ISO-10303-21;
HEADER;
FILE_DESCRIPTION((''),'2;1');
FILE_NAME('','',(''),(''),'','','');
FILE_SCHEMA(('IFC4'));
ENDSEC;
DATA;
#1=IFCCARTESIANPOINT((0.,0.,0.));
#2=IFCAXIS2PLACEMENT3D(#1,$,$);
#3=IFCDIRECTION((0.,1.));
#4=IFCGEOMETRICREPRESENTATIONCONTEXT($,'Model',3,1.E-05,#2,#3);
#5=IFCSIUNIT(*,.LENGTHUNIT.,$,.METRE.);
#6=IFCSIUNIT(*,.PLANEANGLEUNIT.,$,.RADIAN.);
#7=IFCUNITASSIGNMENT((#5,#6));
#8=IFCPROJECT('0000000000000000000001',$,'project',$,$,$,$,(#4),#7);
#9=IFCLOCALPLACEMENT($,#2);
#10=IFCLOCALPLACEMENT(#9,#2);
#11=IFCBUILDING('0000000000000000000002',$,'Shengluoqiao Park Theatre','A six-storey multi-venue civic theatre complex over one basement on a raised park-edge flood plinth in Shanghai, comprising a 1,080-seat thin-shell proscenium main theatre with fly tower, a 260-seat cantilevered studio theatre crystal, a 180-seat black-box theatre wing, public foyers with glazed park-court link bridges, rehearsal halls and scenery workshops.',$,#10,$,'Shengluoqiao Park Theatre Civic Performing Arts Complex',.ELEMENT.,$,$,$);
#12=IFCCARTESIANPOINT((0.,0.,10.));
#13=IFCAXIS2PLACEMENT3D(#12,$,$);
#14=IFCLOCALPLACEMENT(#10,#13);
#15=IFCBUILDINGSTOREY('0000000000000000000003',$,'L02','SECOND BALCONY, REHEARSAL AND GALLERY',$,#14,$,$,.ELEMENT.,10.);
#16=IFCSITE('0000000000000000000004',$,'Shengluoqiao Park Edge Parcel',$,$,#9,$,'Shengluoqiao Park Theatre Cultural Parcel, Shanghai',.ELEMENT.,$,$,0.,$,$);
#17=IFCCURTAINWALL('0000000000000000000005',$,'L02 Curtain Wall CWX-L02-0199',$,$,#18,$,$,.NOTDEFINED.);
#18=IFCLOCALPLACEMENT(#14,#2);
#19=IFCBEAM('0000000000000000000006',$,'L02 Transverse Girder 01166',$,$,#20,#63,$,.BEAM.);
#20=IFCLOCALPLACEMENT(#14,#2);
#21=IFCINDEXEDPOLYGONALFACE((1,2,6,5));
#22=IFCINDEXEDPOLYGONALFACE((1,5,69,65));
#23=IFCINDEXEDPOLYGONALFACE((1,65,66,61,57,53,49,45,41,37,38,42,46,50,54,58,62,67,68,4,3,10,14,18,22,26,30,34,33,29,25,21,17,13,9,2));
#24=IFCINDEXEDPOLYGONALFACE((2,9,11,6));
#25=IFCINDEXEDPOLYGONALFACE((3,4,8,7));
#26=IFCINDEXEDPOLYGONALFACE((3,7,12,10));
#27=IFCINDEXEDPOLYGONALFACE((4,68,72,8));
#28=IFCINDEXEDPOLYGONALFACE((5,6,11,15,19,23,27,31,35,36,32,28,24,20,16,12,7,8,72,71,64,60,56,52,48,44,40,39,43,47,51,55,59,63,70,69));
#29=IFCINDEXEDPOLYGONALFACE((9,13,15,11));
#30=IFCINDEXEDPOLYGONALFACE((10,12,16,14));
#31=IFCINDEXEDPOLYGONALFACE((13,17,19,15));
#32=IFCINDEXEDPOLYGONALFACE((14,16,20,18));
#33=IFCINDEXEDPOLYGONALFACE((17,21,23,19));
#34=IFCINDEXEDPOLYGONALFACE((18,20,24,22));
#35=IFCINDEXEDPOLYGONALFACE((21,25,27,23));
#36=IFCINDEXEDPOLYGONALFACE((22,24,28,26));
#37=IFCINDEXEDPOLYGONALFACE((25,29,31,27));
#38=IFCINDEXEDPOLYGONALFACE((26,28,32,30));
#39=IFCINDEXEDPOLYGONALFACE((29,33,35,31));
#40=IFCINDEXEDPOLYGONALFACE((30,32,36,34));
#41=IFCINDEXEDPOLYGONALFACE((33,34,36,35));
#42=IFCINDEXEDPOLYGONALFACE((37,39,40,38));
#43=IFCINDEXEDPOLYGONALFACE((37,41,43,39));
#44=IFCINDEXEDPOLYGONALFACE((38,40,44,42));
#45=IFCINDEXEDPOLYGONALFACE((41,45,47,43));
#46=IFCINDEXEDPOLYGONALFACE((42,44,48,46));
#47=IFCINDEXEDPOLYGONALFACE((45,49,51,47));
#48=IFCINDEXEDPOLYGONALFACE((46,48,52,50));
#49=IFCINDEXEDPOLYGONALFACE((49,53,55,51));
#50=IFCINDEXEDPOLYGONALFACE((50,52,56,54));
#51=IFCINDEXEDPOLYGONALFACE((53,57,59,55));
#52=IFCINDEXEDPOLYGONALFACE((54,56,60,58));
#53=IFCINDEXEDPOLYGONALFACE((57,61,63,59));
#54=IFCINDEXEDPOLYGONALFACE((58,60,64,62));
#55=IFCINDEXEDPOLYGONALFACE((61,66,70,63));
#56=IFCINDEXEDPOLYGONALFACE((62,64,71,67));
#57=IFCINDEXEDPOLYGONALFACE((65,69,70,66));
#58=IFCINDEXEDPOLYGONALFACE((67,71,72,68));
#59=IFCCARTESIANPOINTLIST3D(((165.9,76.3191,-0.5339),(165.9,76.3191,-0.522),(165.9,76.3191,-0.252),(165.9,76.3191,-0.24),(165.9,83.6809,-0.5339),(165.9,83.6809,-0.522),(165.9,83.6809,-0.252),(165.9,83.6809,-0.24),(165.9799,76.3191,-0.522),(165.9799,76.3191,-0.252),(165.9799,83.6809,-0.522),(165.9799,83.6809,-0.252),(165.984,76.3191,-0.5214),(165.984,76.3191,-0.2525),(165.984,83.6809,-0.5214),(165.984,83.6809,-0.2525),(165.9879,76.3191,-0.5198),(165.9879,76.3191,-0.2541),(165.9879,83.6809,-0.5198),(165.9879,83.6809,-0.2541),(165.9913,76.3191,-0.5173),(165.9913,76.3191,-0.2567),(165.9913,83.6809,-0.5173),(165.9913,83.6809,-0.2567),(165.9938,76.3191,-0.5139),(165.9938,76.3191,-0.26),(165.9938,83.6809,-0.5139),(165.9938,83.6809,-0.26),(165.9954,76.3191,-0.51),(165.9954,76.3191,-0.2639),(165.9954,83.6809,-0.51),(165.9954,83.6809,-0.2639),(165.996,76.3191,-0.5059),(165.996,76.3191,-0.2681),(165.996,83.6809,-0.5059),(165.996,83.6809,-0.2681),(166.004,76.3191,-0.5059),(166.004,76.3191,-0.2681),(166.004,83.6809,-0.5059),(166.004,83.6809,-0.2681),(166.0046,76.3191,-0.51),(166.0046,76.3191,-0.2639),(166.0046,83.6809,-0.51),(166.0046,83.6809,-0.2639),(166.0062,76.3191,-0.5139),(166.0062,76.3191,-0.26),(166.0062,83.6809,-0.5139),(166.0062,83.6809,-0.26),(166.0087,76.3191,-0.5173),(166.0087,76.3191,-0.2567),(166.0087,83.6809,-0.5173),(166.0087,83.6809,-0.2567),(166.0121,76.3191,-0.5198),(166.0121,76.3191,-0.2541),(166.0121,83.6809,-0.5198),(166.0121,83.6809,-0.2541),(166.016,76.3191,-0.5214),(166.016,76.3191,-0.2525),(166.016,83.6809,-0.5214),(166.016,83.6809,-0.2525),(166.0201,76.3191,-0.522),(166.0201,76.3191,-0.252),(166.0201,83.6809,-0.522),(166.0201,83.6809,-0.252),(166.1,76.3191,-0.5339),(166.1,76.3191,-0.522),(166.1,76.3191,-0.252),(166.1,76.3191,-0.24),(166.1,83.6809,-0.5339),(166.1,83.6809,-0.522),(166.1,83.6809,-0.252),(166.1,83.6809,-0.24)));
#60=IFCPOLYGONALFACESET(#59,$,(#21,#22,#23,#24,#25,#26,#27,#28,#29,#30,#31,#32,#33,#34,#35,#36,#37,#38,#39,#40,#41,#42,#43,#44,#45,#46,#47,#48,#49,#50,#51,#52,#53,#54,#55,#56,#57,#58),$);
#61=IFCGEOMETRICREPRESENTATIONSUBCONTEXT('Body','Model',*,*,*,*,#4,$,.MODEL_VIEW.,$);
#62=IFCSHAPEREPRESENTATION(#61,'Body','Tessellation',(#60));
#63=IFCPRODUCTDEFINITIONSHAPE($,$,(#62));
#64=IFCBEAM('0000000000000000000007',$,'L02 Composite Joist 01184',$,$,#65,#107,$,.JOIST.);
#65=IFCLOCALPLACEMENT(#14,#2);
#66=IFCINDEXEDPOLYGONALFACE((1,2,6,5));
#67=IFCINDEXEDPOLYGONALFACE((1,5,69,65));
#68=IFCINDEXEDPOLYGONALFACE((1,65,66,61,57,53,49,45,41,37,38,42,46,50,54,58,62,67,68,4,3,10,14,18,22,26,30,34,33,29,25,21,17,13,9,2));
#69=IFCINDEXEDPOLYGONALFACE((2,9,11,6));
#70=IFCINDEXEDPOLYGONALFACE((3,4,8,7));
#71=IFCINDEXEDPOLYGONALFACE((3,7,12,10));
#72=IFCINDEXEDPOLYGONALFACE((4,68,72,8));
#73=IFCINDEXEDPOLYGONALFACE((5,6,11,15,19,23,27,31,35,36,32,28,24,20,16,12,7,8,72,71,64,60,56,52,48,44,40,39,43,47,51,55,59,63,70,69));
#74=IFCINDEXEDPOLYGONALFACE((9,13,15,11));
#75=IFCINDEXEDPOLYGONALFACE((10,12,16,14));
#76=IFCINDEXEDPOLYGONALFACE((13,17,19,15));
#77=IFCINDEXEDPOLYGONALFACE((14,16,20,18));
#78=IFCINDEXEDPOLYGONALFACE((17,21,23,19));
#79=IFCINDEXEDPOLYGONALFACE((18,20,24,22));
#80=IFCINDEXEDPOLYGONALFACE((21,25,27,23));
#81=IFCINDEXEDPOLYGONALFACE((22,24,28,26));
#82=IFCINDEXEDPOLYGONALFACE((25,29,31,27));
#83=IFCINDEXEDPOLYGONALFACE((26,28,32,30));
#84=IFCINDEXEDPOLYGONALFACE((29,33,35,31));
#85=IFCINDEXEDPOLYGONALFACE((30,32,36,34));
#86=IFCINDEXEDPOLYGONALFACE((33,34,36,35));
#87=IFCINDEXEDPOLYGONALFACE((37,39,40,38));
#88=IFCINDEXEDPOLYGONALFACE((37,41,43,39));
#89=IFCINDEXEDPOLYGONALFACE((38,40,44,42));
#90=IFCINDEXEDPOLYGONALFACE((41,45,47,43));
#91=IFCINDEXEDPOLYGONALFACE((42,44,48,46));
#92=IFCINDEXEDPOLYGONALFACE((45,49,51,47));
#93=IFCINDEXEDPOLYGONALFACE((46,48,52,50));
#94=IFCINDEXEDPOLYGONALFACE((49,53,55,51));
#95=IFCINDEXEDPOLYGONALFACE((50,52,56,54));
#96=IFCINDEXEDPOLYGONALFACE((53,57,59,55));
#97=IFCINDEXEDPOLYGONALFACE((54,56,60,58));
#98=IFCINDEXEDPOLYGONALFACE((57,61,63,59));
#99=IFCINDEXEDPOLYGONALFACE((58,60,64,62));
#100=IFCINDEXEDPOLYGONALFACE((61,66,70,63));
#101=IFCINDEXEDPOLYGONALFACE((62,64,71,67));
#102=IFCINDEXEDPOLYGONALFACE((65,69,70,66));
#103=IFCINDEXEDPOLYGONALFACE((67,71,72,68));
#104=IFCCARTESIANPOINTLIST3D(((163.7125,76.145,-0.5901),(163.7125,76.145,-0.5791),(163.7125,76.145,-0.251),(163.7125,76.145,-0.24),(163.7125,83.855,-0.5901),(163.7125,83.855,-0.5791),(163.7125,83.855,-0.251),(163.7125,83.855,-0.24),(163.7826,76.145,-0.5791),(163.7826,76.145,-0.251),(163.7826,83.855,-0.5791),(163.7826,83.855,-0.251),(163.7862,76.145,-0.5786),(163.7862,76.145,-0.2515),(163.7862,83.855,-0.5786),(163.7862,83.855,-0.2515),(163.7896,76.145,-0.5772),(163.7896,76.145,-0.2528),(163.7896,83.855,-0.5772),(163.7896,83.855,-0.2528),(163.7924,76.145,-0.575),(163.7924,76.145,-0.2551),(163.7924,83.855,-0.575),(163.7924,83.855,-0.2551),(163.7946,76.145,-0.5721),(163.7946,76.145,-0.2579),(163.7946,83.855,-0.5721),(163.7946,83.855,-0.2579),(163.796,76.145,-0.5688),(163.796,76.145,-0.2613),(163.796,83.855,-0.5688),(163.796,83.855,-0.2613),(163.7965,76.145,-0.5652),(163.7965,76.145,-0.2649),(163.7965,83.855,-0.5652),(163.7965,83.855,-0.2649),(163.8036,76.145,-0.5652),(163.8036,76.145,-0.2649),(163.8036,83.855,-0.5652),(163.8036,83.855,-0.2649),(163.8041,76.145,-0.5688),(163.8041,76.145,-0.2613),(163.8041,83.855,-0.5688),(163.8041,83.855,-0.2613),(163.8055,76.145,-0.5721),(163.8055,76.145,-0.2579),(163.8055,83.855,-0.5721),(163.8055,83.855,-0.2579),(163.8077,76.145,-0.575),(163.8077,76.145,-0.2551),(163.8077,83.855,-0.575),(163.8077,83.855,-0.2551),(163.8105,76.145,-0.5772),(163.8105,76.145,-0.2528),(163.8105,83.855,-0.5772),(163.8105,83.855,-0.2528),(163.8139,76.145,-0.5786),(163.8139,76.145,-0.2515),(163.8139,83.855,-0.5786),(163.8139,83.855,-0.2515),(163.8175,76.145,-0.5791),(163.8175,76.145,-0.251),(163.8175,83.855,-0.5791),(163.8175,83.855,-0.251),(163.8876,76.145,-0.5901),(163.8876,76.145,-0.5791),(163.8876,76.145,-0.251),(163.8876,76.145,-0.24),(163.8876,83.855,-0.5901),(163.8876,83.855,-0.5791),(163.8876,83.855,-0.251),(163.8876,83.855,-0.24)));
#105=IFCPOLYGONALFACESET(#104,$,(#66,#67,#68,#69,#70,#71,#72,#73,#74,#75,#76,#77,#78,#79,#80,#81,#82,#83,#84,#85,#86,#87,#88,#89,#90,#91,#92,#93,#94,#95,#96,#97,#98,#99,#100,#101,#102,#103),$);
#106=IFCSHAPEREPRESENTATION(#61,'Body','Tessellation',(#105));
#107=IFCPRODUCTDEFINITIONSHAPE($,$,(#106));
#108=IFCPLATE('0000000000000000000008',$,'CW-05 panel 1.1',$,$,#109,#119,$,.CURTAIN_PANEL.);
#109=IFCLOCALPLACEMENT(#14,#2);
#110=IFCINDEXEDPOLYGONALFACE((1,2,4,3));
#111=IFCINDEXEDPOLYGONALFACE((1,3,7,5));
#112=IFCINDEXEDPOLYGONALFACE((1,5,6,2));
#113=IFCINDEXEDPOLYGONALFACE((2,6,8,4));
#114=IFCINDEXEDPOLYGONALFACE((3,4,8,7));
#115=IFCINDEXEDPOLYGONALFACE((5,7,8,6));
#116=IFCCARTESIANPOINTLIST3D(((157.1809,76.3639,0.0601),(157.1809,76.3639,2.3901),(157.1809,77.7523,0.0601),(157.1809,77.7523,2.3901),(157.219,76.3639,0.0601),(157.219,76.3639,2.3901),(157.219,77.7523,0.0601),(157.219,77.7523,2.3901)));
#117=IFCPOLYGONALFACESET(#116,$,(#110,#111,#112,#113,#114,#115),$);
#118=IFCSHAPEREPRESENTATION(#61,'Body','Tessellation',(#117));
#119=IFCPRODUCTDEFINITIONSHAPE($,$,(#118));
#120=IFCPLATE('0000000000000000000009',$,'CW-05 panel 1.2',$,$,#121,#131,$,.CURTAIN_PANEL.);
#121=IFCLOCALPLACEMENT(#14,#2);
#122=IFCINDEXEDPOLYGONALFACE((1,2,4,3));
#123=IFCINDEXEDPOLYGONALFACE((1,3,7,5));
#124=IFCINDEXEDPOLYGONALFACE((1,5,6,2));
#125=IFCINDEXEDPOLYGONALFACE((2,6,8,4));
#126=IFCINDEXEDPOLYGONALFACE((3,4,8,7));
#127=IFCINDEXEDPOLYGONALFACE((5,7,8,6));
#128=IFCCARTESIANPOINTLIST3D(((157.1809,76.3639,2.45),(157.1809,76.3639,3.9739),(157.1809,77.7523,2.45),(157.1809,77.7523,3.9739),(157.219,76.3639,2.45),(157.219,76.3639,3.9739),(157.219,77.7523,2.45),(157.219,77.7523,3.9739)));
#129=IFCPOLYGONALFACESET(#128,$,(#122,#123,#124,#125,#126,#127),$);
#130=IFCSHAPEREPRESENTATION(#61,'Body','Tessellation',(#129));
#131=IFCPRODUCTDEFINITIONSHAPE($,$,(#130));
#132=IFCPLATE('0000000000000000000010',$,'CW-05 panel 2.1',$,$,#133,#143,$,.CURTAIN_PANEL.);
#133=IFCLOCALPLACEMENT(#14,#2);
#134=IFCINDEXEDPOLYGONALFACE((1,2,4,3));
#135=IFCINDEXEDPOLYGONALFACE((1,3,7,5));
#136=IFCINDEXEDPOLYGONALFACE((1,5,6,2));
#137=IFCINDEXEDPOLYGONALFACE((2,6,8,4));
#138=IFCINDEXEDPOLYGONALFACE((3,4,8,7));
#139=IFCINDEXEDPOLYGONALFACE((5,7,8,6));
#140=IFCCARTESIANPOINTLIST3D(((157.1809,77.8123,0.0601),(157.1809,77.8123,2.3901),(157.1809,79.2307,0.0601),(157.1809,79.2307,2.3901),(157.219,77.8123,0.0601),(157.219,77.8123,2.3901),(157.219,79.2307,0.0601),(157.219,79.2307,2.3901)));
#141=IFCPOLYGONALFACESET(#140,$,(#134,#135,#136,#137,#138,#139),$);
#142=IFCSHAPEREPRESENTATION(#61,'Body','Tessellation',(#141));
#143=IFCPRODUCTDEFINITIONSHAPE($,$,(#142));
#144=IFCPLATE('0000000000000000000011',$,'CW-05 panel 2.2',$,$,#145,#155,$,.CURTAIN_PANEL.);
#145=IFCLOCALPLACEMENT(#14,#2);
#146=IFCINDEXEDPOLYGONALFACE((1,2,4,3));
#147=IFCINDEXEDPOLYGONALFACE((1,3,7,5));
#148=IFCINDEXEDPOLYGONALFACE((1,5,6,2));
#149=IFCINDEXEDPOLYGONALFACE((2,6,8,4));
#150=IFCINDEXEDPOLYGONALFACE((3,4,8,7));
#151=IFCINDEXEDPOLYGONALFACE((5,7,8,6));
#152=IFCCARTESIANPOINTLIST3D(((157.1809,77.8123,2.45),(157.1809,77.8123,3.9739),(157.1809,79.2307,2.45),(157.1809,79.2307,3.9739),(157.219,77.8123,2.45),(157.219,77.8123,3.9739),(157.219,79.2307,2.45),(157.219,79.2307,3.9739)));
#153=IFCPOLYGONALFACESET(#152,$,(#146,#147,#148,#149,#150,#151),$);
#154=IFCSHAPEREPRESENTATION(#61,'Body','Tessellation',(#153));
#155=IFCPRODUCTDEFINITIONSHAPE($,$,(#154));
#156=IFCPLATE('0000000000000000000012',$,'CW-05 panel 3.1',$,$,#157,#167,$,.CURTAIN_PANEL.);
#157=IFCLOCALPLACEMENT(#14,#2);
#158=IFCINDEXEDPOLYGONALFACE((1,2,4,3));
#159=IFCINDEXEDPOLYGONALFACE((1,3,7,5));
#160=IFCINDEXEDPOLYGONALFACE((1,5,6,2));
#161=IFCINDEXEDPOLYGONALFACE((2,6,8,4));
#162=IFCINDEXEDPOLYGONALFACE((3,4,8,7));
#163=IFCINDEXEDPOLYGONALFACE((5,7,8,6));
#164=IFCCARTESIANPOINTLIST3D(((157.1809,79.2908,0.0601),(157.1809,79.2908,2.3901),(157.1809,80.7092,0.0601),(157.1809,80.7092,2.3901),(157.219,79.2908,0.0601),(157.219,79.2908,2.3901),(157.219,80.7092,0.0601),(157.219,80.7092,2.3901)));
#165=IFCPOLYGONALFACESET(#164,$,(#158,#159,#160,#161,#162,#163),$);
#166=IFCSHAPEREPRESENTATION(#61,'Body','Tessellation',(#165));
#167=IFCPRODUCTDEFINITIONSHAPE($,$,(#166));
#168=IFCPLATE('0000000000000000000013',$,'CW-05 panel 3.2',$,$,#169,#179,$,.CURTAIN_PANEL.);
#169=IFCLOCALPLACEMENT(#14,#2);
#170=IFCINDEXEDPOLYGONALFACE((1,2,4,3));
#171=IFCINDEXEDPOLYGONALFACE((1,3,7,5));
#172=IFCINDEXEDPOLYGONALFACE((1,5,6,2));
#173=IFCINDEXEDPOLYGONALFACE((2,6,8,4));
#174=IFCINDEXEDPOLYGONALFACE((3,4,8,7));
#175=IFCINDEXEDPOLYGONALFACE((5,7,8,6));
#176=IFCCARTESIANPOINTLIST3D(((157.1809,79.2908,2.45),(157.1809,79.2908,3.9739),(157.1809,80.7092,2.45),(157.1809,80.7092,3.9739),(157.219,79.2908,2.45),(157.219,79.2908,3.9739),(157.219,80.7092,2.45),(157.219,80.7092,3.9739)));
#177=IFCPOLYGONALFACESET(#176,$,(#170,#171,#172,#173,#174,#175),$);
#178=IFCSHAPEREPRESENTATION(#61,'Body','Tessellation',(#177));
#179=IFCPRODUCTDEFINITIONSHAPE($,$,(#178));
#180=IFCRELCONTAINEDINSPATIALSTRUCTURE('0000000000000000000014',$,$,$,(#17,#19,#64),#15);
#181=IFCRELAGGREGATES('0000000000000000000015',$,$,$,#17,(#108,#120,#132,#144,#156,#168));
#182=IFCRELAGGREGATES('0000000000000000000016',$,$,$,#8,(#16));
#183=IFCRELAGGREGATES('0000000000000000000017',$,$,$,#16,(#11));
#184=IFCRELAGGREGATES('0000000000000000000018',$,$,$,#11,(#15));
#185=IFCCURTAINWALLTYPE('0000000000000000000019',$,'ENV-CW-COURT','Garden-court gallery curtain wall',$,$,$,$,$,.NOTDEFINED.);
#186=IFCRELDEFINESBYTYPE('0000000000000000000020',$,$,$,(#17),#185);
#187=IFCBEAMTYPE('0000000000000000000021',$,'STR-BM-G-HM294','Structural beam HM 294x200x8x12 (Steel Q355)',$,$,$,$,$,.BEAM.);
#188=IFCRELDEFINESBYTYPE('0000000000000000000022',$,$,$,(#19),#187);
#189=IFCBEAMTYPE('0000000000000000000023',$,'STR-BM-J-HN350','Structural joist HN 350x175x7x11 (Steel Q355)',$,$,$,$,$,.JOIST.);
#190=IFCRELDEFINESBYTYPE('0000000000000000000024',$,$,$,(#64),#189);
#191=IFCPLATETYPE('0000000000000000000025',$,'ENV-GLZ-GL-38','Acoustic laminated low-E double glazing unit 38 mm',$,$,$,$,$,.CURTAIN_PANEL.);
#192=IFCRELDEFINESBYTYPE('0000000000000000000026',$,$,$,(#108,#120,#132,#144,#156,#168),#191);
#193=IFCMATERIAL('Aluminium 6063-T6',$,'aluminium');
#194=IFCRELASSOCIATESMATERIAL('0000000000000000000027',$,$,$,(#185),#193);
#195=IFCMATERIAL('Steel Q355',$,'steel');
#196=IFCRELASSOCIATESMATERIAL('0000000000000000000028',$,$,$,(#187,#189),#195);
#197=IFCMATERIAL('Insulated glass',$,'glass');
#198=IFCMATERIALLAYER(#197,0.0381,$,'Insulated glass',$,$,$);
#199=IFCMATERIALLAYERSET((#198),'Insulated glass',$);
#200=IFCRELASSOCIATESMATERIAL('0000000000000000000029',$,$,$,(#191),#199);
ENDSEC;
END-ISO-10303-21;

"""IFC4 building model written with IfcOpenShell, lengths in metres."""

from ifc_helpers import new_model, si_unit, direction, frame, origin, origin_2d, place, context, subcontext, project, spatial, rectangle, i_section, extrude, material, layer, layer_set, material_profile, profile_set, type_object, element, aggregate, save


model = new_model("IFC4")

# Units and contexts
model_context = context("Model", 3, precision=1e-05, world=origin(), true_north=direction((0.0, 1.0)))
body_context = subcontext(model_context, "Body", "Model", "MODEL_VIEW")
ifc_project = project(units=[si_unit("LENGTHUNIT", "METRE"), si_unit("PLANEANGLEUNIT", "RADIAN")], contexts=[model_context])

# Site, building, storey
site_placement = place(None, origin())
site = spatial("IfcSite", under=ifc_project, at=site_placement, Name="Shengluoqiao Park Edge Parcel", LongName="Shengluoqiao Park Theatre Cultural Parcel, Shanghai", CompositionType="ELEMENT", RefElevation=0.0)
building_placement = place(site_placement, origin())
building = spatial("IfcBuilding", under=site, at=building_placement, Name="Shengluoqiao Park Theatre", Description="A six-storey multi-venue civic theatre complex over one basement on a raised park-edge flood plinth in Shanghai, comprising a 1,080-seat thin-shell proscenium main theatre with fly tower, a 260-seat cantilevered studio theatre crystal, a 180-seat black-box theatre wing, public foyers with glazed park-court link bridges, rehearsal halls and scenery workshops.", LongName="Shengluoqiao Park Theatre Civic Performing Arts Complex", CompositionType="ELEMENT")
storey_placement = place(building_placement, frame((0.0, 0.0, 10.0)))
storey = spatial("IfcBuildingStorey", under=building, at=storey_placement, Name="L02", Description="SECOND BALCONY, REHEARSAL AND GALLERY", CompositionType="ELEMENT", Elevation=10.0)

# Curtain wall
ifc_material_1 = material(Name="Aluminium 6063-T6", Category="aluminium")
curtain_wall_type = type_object("IfcCurtainWallType", Name="ENV-CW-COURT", Description="Garden-court gallery curtain wall", PredefinedType="NOTDEFINED", material=ifc_material_1)
curtain_wall_placement = place(storey_placement, origin())
curtain_wall = element("IfcCurtainWall", 1, at=curtain_wall_placement, inside=storey, type_object=curtain_wall_type, Name="L02 Curtain Wall CWX-L02-0199", PredefinedType="NOTDEFINED")

# Beams
ifc_material_2 = material(Name="Steel Q355", Category="steel")
ifc_material_profile_1 = material_profile(ifc_material_2, i_section(OverallWidth=0.2, OverallDepth=0.2939, WebThickness=0.0081, FlangeThickness=0.012, FilletRadius=0.0161, at=origin_2d()), Name="HM 294x200x8x12")
ifc_profile_set_1 = profile_set([ifc_material_profile_1], Name="Steel Q355")
beam_type_1 = type_object("IfcBeamType", Name="STR-BM-G-HM294", Description="Structural beam HM 294x200x8x12 (Steel Q355)", PredefinedType="BEAM", material=ifc_profile_set_1)
for number, where, z_axis, x_axis, name in (
    (2, (166.0, 76.3191, -0.387), (0.0, 1.0, 0.0), (-1.0, 0.0, 0.0), "L02 Transverse Girder 01166"),
):
    element("IfcBeam", number, at=place(storey_placement, frame(where, z_axis=z_axis, x_axis=x_axis)), inside=storey, type_object=beam_type_1, Name=name, PredefinedType="BEAM", context=body_context, shape_type="SweptSolid", body=[
        extrude(i_section(OverallWidth=0.2, OverallDepth=0.2939, WebThickness=0.0081, FlangeThickness=0.012, FilletRadius=0.0161, at=origin_2d()), origin(), (0.0, 0.0, 1.0), 7.3618),
    ])
ifc_material_profile_2 = material_profile(ifc_material_2, i_section(OverallWidth=0.175, OverallDepth=0.3501, WebThickness=0.0071, FlangeThickness=0.011, FilletRadius=0.0139, at=origin_2d()), Name="HN 350x175x7x11")
ifc_profile_set_2 = profile_set([ifc_material_profile_2], Name="Steel Q355")
beam_type_2 = type_object("IfcBeamType", Name="STR-BM-J-HN350", Description="Structural joist HN 350x175x7x11 (Steel Q355)", PredefinedType="JOIST", material=ifc_profile_set_2)
beam_placement = place(storey_placement, frame((163.8, 76.145, -0.415), z_axis=(0.0, 1.0, 0.0), x_axis=(-1.0, 0.0, 0.0)))
element("IfcBeam", 3, at=beam_placement, inside=storey, type_object=beam_type_2, Name="L02 Composite Joist 01184", PredefinedType="JOIST", context=body_context, shape_type="SweptSolid", body=[
    extrude(i_section(OverallWidth=0.175, OverallDepth=0.3501, WebThickness=0.0071, FlangeThickness=0.011, FilletRadius=0.0139, at=origin_2d()), origin(), (0.0, 0.0, 1.0), 7.71),
])

# Plates
ifc_material_3 = material(Name="Insulated glass", Category="glass")
ifc_layer_1 = layer(ifc_material_3, 0.0381, Name="Insulated glass")
ifc_layer_set_1 = layer_set([ifc_layer_1], Name="Insulated glass")
plate_type = type_object("IfcPlateType", Name="ENV-GLZ-GL-38", Description="Acoustic laminated low-E double glazing unit 38 mm", PredefinedType="CURTAIN_PANEL", material=ifc_layer_set_1)
plate_1_placement = place(storey_placement, frame((157.2, 77.0581, 0.0601), z_axis=(0.0, 0.0, 1.0), x_axis=(0.0, 1.0, 0.0)))
plate_1 = element("IfcPlate", 4, at=plate_1_placement, type_object=plate_type, Name="CW-05 panel 1.1", PredefinedType="CURTAIN_PANEL", context=body_context, shape_type="SweptSolid", body=[
    extrude(rectangle(XDim=1.3884, YDim=0.0381, at=origin_2d()), origin(), (0.0, 0.0, 1.0), 2.3301),
])
plate_2_placement = place(storey_placement, frame((157.2, 77.0581, 2.45), z_axis=(0.0, 0.0, 1.0), x_axis=(0.0, 1.0, 0.0)))
plate_2 = element("IfcPlate", 5, at=plate_2_placement, type_object=plate_type, Name="CW-05 panel 1.2", PredefinedType="CURTAIN_PANEL", context=body_context, shape_type="SweptSolid", body=[
    extrude(rectangle(XDim=1.3884, YDim=0.0381, at=origin_2d()), origin(), (0.0, 0.0, 1.0), 1.5239),
])
plate_3_placement = place(storey_placement, frame((157.2, 78.5215, 0.0601), z_axis=(0.0, 0.0, 1.0), x_axis=(0.0, 1.0, 0.0)))
plate_3 = element("IfcPlate", 6, at=plate_3_placement, type_object=plate_type, Name="CW-05 panel 2.1", PredefinedType="CURTAIN_PANEL", context=body_context, shape_type="SweptSolid", body=[
    extrude(rectangle(XDim=1.4185, YDim=0.0381, at=origin_2d()), origin(), (0.0, 0.0, 1.0), 2.3301),
])
plate_4_placement = place(storey_placement, frame((157.2, 78.5215, 2.45), z_axis=(0.0, 0.0, 1.0), x_axis=(0.0, 1.0, 0.0)))
plate_4 = element("IfcPlate", 7, at=plate_4_placement, type_object=plate_type, Name="CW-05 panel 2.2", PredefinedType="CURTAIN_PANEL", context=body_context, shape_type="SweptSolid", body=[
    extrude(rectangle(XDim=1.4185, YDim=0.0381, at=origin_2d()), origin(), (0.0, 0.0, 1.0), 1.5239),
])
plate_5_placement = place(storey_placement, frame((157.2, 80.0, 0.0601), z_axis=(0.0, 0.0, 1.0), x_axis=(0.0, 1.0, 0.0)))
plate_5 = element("IfcPlate", 8, at=plate_5_placement, type_object=plate_type, Name="CW-05 panel 3.1", PredefinedType="CURTAIN_PANEL", context=body_context, shape_type="SweptSolid", body=[
    extrude(rectangle(XDim=1.4185, YDim=0.0381, at=origin_2d()), origin(), (0.0, 0.0, 1.0), 2.3301),
])
plate_6_placement = place(storey_placement, frame((157.2, 80.0, 2.45), z_axis=(0.0, 0.0, 1.0), x_axis=(0.0, 1.0, 0.0)))
plate_6 = element("IfcPlate", 9, at=plate_6_placement, type_object=plate_type, Name="CW-05 panel 3.2", PredefinedType="CURTAIN_PANEL", context=body_context, shape_type="SweptSolid", body=[
    extrude(rectangle(XDim=1.4185, YDim=0.0381, at=origin_2d()), origin(), (0.0, 0.0, 1.0), 1.5239),
])
aggregate(curtain_wall, [plate_1, plate_2, plate_3, plate_4, plate_5, plate_6])

save(model, "model.ifc")
